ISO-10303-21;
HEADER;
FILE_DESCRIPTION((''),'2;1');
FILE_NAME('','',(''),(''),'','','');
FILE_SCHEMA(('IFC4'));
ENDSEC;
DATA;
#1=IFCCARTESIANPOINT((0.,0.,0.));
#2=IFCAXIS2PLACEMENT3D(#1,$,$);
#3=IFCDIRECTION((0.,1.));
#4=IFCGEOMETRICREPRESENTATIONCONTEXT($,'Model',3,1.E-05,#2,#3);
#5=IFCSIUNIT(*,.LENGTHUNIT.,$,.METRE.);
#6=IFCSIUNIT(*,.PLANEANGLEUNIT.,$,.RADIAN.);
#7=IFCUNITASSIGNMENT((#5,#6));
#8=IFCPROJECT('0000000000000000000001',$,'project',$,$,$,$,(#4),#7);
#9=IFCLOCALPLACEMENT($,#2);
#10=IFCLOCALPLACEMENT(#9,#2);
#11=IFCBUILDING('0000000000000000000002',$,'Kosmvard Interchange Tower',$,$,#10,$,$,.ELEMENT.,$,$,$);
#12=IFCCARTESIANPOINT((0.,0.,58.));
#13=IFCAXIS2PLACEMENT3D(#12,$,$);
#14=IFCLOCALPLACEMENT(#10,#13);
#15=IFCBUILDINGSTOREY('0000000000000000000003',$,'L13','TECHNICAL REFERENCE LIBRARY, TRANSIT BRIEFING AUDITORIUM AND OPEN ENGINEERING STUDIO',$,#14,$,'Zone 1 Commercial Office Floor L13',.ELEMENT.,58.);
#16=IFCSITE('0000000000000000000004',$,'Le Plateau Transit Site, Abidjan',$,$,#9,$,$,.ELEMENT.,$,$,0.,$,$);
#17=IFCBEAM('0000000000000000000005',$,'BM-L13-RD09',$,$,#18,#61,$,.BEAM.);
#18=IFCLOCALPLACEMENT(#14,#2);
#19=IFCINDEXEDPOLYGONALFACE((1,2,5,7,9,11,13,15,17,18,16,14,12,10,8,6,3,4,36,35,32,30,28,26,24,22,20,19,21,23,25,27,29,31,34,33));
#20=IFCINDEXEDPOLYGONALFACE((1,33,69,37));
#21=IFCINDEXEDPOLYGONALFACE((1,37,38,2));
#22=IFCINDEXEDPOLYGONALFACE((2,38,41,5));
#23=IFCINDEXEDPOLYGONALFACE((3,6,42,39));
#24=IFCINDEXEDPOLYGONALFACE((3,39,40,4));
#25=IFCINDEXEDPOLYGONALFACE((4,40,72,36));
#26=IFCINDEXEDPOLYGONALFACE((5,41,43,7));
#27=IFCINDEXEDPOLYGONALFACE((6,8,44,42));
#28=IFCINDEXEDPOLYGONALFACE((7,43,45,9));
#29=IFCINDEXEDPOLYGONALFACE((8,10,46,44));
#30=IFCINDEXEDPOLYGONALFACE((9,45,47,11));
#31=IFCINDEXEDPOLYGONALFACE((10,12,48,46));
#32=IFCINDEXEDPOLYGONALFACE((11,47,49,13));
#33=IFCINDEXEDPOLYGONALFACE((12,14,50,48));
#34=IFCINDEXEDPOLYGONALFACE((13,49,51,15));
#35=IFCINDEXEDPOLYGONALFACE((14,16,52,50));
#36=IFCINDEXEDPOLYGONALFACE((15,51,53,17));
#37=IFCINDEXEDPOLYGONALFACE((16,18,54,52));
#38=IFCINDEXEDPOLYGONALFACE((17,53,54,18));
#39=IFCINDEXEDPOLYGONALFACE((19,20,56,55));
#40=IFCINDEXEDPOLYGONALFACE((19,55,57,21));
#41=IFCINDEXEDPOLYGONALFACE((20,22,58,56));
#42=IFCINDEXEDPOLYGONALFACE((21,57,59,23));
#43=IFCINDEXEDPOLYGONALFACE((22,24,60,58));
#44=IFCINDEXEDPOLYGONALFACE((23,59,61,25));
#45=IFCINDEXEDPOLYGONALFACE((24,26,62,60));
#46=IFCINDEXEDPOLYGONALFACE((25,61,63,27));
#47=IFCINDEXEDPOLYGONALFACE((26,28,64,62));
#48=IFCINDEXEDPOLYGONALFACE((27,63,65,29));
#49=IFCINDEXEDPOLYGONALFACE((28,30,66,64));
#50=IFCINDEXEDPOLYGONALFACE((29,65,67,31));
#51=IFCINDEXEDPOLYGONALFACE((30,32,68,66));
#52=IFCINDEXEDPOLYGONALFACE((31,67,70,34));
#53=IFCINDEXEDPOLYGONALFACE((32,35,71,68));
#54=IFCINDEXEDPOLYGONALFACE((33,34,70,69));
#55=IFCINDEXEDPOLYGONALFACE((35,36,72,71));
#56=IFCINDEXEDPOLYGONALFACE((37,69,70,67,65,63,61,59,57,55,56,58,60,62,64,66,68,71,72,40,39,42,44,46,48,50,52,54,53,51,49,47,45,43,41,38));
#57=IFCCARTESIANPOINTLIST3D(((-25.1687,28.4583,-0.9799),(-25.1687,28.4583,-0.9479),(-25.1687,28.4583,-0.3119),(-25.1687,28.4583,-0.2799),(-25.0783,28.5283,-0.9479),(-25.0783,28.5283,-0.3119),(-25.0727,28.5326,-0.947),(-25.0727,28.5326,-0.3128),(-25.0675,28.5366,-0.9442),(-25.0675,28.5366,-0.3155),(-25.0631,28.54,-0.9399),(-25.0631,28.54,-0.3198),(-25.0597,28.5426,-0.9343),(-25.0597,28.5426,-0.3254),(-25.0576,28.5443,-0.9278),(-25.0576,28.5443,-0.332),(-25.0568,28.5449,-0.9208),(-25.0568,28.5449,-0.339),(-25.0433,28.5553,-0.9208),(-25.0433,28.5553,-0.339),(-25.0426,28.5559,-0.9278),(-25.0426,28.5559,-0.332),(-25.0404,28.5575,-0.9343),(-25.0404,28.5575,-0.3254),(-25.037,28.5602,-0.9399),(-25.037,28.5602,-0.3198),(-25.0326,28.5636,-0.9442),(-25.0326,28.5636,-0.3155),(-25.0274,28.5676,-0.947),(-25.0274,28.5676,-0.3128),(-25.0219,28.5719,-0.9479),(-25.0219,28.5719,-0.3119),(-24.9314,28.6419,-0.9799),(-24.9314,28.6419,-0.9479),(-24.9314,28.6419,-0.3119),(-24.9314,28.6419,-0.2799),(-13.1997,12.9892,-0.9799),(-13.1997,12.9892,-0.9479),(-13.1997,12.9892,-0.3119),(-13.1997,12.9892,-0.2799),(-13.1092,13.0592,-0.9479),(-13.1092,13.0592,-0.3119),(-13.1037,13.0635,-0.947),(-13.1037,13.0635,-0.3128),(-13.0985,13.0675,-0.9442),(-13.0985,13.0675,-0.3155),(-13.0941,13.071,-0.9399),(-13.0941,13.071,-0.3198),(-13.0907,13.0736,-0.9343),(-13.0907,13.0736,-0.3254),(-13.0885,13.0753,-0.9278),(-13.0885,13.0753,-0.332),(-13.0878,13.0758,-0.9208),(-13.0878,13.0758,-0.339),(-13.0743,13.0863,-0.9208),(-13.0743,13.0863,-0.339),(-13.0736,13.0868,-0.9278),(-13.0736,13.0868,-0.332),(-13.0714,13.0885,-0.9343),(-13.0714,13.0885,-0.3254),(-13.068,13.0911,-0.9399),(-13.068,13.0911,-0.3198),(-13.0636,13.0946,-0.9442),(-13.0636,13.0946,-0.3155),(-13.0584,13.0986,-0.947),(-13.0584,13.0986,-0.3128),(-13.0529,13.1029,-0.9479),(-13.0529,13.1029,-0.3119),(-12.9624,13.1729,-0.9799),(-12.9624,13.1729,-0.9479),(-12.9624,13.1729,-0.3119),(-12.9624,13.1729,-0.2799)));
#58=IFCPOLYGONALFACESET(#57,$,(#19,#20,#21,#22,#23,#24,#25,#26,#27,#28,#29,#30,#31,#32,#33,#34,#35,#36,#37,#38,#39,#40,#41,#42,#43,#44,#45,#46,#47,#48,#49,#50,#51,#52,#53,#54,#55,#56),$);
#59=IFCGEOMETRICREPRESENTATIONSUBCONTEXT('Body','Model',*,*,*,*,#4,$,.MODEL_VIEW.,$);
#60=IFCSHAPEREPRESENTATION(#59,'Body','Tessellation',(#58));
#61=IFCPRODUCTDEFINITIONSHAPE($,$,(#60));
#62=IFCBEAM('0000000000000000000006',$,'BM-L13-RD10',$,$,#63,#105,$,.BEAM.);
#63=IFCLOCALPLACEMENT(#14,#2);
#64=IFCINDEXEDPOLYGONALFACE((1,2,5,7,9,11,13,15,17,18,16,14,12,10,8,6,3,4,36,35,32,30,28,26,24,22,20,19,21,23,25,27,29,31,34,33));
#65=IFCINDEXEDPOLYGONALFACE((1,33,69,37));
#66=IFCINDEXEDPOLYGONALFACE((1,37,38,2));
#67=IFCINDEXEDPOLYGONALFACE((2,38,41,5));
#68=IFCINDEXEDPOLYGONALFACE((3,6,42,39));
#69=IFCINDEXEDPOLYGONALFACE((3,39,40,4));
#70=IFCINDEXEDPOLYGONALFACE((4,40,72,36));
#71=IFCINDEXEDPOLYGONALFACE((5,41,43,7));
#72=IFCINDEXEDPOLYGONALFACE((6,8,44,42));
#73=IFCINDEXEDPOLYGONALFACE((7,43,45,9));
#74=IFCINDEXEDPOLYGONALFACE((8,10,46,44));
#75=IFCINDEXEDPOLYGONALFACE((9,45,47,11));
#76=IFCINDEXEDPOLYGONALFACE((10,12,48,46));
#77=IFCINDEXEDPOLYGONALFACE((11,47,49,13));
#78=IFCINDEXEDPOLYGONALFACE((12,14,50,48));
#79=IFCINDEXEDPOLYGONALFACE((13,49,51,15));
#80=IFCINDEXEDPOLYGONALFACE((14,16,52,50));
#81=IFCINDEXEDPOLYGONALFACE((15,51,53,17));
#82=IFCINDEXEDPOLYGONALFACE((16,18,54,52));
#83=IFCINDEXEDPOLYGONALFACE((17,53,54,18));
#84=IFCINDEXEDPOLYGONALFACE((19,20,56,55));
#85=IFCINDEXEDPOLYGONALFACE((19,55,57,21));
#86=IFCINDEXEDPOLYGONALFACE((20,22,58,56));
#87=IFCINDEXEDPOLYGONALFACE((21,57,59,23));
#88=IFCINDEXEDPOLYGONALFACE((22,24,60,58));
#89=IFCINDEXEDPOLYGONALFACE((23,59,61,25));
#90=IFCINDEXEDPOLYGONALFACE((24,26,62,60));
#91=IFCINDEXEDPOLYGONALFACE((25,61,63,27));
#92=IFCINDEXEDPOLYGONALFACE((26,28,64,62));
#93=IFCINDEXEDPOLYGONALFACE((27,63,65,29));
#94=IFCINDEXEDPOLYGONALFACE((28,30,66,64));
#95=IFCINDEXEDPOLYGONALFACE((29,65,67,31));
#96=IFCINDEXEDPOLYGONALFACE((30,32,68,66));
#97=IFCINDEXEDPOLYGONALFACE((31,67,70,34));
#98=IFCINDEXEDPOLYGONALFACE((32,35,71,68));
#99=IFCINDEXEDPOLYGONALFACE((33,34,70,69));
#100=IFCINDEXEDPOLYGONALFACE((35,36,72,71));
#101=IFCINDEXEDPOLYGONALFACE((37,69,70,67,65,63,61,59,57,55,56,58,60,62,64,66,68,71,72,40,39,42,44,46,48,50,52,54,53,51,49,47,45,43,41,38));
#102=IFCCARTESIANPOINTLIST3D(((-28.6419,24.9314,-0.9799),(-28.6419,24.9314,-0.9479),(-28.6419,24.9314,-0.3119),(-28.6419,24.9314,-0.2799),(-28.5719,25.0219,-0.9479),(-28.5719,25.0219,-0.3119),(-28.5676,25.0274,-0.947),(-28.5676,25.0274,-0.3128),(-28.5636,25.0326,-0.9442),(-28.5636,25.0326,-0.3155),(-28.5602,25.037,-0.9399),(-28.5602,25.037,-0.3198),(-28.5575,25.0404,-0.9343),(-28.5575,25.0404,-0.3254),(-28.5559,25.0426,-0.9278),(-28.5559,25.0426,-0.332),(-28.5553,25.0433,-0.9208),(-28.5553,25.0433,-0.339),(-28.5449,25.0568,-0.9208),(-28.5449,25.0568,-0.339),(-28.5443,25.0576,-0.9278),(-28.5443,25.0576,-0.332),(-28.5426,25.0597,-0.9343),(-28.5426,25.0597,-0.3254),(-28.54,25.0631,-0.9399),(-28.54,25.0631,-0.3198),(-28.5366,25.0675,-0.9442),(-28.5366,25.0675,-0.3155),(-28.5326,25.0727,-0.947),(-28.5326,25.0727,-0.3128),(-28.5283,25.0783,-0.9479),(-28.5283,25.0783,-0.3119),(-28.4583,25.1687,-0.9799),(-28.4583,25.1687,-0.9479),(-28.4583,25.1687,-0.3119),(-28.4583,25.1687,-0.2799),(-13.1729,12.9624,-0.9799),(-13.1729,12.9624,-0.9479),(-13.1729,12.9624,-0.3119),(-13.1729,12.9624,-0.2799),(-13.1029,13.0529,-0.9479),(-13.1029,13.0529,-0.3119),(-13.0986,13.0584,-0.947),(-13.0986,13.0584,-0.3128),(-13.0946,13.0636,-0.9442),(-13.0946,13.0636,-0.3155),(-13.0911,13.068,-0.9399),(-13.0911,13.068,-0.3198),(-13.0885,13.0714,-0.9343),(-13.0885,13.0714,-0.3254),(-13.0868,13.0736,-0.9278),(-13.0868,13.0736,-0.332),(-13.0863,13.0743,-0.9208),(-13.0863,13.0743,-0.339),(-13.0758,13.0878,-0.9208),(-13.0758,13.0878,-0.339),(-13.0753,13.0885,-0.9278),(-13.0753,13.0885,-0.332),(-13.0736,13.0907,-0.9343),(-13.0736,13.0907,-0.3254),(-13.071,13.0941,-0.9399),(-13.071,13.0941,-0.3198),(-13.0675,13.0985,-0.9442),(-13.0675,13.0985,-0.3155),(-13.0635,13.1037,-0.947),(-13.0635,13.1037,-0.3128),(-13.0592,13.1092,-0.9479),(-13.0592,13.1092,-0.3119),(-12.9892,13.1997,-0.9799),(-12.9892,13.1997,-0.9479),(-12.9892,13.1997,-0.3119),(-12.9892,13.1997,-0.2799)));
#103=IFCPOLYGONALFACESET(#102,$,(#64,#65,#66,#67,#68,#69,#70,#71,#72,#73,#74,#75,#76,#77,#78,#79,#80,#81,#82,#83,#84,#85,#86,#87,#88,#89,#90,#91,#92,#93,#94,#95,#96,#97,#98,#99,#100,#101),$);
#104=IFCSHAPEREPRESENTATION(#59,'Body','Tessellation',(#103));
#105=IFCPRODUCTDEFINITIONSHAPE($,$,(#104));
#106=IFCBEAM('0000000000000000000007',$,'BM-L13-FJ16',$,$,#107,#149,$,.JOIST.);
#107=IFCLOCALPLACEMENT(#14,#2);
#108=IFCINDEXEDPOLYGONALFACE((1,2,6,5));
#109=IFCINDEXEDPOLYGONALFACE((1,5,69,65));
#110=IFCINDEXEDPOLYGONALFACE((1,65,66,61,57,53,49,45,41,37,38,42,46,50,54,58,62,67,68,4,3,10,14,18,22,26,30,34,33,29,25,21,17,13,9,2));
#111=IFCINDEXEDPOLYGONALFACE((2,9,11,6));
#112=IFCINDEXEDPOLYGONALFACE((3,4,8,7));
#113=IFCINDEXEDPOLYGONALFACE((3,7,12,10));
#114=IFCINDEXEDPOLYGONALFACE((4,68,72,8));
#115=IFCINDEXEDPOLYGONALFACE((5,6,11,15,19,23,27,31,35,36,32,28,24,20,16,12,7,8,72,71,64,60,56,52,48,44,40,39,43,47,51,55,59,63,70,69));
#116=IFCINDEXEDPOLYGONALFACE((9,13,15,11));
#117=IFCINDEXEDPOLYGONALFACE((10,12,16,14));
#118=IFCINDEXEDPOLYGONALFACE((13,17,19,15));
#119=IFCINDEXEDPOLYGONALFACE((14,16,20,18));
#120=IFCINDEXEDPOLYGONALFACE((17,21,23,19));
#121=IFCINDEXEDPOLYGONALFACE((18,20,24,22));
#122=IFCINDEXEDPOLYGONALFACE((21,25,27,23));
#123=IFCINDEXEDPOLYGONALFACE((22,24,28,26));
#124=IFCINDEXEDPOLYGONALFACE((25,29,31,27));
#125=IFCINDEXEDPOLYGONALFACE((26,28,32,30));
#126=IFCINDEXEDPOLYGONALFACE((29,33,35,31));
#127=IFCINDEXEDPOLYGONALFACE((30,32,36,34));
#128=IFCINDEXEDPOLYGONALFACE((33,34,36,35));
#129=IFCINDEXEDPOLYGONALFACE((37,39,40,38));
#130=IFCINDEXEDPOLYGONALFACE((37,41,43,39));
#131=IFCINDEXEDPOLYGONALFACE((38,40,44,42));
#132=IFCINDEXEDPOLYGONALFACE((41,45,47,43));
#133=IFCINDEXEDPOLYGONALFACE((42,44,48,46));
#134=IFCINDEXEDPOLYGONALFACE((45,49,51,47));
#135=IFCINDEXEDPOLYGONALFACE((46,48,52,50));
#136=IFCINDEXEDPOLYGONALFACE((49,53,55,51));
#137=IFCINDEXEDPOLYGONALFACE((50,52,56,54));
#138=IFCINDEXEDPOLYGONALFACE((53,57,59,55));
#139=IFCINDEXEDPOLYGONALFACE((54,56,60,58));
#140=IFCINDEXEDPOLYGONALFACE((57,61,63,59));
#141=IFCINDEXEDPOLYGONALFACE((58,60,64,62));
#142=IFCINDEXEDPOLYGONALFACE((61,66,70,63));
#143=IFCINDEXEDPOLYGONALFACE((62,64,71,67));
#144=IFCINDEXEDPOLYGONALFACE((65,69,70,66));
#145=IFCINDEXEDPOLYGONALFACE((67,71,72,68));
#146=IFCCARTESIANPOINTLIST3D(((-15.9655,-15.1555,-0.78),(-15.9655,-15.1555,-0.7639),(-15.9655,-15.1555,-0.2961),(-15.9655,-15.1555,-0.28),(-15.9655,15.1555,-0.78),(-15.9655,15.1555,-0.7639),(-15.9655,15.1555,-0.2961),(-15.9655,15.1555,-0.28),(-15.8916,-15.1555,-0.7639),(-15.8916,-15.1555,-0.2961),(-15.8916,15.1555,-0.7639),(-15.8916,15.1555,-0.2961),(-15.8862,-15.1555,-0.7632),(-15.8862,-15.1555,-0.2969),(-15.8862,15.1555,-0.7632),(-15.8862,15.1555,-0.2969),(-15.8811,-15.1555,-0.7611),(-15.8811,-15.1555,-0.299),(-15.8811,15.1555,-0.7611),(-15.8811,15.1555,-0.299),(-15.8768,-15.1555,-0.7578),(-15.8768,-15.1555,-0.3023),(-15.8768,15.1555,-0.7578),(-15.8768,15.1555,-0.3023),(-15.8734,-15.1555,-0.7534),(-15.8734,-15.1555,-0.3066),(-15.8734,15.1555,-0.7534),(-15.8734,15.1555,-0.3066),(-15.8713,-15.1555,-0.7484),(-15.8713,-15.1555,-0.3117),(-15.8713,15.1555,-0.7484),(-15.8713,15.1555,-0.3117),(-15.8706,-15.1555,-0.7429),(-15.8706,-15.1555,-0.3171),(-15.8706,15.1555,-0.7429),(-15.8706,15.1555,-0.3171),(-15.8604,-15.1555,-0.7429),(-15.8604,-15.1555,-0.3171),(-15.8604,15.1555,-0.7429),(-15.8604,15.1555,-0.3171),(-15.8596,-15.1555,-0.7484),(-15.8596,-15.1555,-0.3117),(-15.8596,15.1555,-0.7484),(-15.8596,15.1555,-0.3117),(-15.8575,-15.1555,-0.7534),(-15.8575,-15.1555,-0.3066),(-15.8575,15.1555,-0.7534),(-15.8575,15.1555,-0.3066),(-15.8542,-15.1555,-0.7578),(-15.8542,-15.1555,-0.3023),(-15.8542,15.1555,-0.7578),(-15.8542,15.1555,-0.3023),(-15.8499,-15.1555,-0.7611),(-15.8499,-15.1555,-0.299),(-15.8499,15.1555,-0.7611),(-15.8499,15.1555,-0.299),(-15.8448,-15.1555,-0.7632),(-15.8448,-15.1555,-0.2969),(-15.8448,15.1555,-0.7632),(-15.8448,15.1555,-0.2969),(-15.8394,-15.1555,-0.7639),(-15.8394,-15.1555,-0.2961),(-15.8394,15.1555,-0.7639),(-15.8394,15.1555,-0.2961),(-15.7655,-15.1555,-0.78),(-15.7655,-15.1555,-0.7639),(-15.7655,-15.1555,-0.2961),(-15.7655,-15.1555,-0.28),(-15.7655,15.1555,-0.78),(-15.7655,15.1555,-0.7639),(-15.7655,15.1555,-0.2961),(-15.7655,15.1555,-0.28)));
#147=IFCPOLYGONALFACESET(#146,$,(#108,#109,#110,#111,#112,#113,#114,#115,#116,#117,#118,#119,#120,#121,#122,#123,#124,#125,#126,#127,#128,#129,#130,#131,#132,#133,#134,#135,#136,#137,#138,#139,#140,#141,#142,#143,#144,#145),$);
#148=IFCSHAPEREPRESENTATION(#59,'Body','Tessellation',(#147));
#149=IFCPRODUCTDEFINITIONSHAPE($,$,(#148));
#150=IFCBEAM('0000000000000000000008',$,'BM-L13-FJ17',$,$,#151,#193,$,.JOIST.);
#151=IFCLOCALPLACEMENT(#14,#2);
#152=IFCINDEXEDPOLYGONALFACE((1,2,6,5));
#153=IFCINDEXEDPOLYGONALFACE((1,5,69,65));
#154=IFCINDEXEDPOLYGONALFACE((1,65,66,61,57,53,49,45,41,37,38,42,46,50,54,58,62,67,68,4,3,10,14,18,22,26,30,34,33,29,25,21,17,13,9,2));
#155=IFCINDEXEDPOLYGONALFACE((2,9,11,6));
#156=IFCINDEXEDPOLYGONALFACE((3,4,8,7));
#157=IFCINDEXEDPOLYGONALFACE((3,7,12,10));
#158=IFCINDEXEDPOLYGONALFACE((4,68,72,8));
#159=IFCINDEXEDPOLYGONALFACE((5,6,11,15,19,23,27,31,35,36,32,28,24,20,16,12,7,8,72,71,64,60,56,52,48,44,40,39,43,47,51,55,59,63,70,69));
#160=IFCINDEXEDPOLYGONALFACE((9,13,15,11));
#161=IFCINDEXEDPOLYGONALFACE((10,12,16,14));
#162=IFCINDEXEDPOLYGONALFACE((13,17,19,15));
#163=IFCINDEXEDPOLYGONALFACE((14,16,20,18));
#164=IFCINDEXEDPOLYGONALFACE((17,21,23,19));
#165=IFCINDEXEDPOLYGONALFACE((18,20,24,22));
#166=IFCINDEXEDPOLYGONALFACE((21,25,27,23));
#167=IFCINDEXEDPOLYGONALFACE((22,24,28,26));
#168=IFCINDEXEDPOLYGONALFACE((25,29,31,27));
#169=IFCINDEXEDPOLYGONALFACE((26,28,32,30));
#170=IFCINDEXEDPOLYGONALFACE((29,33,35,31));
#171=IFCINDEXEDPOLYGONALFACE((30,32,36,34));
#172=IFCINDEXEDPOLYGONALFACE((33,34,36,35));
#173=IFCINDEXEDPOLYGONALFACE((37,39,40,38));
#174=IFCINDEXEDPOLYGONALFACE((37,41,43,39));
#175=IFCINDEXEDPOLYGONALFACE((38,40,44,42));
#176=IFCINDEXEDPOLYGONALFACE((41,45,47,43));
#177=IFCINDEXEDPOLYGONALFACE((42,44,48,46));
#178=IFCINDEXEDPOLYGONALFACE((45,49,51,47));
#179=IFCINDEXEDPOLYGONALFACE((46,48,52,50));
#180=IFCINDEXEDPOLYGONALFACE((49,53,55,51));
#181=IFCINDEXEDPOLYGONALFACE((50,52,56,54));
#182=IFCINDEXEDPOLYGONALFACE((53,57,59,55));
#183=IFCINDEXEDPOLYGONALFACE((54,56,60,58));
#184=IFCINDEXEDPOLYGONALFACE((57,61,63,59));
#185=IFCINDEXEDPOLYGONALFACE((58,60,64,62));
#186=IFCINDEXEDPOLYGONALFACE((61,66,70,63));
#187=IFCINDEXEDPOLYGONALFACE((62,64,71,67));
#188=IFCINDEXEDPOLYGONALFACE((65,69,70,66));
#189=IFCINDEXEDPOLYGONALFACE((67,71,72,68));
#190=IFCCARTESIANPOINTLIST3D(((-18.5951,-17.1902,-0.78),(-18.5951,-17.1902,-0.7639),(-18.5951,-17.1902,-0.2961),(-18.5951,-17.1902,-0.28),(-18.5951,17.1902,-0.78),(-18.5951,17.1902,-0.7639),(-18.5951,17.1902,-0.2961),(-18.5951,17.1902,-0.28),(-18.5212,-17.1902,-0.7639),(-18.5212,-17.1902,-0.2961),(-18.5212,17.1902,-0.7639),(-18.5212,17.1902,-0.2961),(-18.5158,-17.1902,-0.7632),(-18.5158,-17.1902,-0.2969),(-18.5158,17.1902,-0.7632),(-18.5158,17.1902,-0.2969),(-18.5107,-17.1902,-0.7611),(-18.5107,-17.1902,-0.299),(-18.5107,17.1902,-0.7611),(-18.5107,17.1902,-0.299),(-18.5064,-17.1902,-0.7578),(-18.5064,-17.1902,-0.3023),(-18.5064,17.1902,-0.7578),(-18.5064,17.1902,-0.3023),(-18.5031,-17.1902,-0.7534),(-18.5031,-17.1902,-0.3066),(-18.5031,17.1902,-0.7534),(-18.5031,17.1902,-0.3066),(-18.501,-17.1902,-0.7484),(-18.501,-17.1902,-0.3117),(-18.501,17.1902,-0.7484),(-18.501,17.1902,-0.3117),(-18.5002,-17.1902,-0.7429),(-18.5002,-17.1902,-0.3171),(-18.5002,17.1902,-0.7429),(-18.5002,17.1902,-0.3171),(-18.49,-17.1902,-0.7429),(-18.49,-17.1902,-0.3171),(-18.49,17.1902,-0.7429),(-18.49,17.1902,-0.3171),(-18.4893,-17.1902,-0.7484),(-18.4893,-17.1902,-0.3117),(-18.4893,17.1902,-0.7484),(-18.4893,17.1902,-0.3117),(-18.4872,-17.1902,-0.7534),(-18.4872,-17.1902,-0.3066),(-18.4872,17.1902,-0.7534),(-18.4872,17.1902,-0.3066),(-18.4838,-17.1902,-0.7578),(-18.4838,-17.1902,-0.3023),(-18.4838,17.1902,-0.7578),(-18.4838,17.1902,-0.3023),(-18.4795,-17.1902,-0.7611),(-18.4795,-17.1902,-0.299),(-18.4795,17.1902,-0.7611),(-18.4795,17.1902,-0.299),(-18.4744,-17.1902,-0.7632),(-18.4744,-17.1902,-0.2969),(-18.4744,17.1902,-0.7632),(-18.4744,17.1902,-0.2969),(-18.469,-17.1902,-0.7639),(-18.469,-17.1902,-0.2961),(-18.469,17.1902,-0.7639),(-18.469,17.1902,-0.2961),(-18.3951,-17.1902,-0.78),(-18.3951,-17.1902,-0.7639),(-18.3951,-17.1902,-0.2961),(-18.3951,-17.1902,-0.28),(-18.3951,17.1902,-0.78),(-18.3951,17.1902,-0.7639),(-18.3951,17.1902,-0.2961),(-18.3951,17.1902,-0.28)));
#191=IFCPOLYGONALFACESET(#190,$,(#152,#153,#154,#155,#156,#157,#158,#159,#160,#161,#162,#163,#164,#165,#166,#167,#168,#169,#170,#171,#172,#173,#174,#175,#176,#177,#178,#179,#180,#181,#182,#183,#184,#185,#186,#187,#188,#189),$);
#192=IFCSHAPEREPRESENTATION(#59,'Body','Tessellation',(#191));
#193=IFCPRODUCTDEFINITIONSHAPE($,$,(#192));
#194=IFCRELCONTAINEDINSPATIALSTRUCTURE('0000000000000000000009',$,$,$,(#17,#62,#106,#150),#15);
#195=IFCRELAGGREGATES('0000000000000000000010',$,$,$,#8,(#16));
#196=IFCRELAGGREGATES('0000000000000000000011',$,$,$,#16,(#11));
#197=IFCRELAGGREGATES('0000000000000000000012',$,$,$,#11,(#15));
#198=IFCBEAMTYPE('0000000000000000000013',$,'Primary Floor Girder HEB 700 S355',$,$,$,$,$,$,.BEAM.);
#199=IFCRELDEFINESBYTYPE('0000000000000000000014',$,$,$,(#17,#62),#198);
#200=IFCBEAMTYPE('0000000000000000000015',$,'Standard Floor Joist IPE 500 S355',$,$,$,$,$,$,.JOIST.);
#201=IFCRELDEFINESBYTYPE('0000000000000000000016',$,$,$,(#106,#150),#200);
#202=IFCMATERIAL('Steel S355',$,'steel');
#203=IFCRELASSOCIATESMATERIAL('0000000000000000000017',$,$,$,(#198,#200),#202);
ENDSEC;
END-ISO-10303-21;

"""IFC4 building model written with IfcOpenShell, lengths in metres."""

from ifc_helpers import new_model, si_unit, direction, frame, origin, origin_2d, place, context, subcontext, project, spatial, i_section, extrude, source, transform, mapped, material, material_profile, profile_set, type_object, element, save


model = new_model("IFC4")

# Units and contexts
model_context = context("Model", 3, precision=1e-05, world=origin(), true_north=direction((0.0, 1.0)))
body_context = subcontext(model_context, "Body", "Model", "MODEL_VIEW")
ifc_project = project(units=[si_unit("LENGTHUNIT", "METRE"), si_unit("PLANEANGLEUNIT", "RADIAN")], contexts=[model_context])

# Site, building, storey
site_placement = place(None, origin())
site = spatial("IfcSite", under=ifc_project, at=site_placement, Name="Le Plateau Transit Site, Abidjan", CompositionType="ELEMENT", RefElevation=0.0)
building_placement = place(site_placement, origin())
building = spatial("IfcBuilding", under=site, at=building_placement, Name="Kosmvard Interchange Tower", CompositionType="ELEMENT")
storey_placement = place(building_placement, frame((0.0, 0.0, 58.0)))
storey = spatial("IfcBuildingStorey", under=building, at=storey_placement, Name="L13", Description="TECHNICAL REFERENCE LIBRARY, TRANSIT BRIEFING AUDITORIUM AND OPEN ENGINEERING STUDIO", LongName="Zone 1 Commercial Office Floor L13", CompositionType="ELEMENT", Elevation=58.0)

# Beams
ifc_material_1 = material(Name="Steel S355", Category="steel")
ifc_material_profile_1 = material_profile(ifc_material_1, i_section(OverallWidth=0.3, OverallDepth=0.7, WebThickness=0.0171, FlangeThickness=0.032, FilletRadius=0.0271, at=origin_2d()), Name="HEB 700")
ifc_profile_set_1 = profile_set([ifc_material_profile_1], Name="Steel S355")
beam_type_1 = type_object("IfcBeamType", Name="Primary Floor Girder HEB 700 S355", PredefinedType="BEAM", material=ifc_profile_set_1)
shared_shape_1 = source(origin(), body_context, "Body", "SweptSolid", [
    extrude(i_section(OverallWidth=0.3, OverallDepth=0.7, WebThickness=0.0171, FlangeThickness=0.032, FilletRadius=0.0271, at=origin_2d()), origin(), (0.0, 0.0, 1.0), 19.5588),
])
for number, where, z_axis, x_axis, name in (
    (1, (-13.0811, 13.0811, -0.6299), (-0.611949, 0.790897, 0.0), (-0.790897, -0.611949, 0.0), "BM-L13-RD09"),
    (2, (-13.0811, 13.0811, -0.6299), (-0.790897, 0.611949, 0.0), (-0.611949, -0.790897, 0.0), "BM-L13-RD10"),
):
    element("IfcBeam", number, at=place(storey_placement, frame(where, z_axis=z_axis, x_axis=x_axis)), inside=storey, type_object=beam_type_1, Name=name, PredefinedType="BEAM", context=body_context, shape_type="MappedRepresentation", body=[
        mapped(shared_shape_1, transform((0.0, 0.0, 0.0), scale=1.0)),
    ])
ifc_material_profile_2 = material_profile(ifc_material_1, i_section(OverallWidth=0.2, OverallDepth=0.5, WebThickness=0.0103, FlangeThickness=0.0161, FilletRadius=0.021, at=origin_2d()), Name="IPE 500")
ifc_profile_set_2 = profile_set([ifc_material_profile_2], Name="Steel S355")
beam_type_2 = type_object("IfcBeamType", Name="Standard Floor Joist IPE 500 S355", PredefinedType="JOIST", material=ifc_profile_set_2)
shared_shape_2 = source(origin(), body_context, "Body", "SweptSolid", [
    extrude(i_section(OverallWidth=0.2, OverallDepth=0.5, WebThickness=0.0103, FlangeThickness=0.0161, FilletRadius=0.021, at=origin_2d()), origin(), (0.0, 0.0, 1.0), 30.311),
])
beam_1_placement = place(storey_placement, frame((-15.8655, 15.1555, -0.53), z_axis=(0.0, -1.0, 0.0), x_axis=(1.0, 0.0, 0.0)))
element("IfcBeam", 3, at=beam_1_placement, inside=storey, type_object=beam_type_2, Name="BM-L13-FJ16", PredefinedType="JOIST", context=body_context, shape_type="MappedRepresentation", body=[
    mapped(shared_shape_2, transform((0.0, 0.0, 0.0), scale=1.0)),
])
shared_shape_3 = source(origin(), body_context, "Body", "SweptSolid", [
    extrude(i_section(OverallWidth=0.2, OverallDepth=0.5, WebThickness=0.0103, FlangeThickness=0.0161, FilletRadius=0.021, at=origin_2d()), origin(), (0.0, 0.0, 1.0), 34.3804),
])
beam_2_placement = place(storey_placement, frame((-18.4951, 17.1902, -0.53), z_axis=(0.0, -1.0, 0.0), x_axis=(1.0, 0.0, 0.0)))
element("IfcBeam", 4, at=beam_2_placement, inside=storey, type_object=beam_type_2, Name="BM-L13-FJ17", PredefinedType="JOIST", context=body_context, shape_type="MappedRepresentation", body=[
    mapped(shared_shape_3, transform((0.0, 0.0, 0.0), scale=1.0)),
])

save(model, "model.ifc")
